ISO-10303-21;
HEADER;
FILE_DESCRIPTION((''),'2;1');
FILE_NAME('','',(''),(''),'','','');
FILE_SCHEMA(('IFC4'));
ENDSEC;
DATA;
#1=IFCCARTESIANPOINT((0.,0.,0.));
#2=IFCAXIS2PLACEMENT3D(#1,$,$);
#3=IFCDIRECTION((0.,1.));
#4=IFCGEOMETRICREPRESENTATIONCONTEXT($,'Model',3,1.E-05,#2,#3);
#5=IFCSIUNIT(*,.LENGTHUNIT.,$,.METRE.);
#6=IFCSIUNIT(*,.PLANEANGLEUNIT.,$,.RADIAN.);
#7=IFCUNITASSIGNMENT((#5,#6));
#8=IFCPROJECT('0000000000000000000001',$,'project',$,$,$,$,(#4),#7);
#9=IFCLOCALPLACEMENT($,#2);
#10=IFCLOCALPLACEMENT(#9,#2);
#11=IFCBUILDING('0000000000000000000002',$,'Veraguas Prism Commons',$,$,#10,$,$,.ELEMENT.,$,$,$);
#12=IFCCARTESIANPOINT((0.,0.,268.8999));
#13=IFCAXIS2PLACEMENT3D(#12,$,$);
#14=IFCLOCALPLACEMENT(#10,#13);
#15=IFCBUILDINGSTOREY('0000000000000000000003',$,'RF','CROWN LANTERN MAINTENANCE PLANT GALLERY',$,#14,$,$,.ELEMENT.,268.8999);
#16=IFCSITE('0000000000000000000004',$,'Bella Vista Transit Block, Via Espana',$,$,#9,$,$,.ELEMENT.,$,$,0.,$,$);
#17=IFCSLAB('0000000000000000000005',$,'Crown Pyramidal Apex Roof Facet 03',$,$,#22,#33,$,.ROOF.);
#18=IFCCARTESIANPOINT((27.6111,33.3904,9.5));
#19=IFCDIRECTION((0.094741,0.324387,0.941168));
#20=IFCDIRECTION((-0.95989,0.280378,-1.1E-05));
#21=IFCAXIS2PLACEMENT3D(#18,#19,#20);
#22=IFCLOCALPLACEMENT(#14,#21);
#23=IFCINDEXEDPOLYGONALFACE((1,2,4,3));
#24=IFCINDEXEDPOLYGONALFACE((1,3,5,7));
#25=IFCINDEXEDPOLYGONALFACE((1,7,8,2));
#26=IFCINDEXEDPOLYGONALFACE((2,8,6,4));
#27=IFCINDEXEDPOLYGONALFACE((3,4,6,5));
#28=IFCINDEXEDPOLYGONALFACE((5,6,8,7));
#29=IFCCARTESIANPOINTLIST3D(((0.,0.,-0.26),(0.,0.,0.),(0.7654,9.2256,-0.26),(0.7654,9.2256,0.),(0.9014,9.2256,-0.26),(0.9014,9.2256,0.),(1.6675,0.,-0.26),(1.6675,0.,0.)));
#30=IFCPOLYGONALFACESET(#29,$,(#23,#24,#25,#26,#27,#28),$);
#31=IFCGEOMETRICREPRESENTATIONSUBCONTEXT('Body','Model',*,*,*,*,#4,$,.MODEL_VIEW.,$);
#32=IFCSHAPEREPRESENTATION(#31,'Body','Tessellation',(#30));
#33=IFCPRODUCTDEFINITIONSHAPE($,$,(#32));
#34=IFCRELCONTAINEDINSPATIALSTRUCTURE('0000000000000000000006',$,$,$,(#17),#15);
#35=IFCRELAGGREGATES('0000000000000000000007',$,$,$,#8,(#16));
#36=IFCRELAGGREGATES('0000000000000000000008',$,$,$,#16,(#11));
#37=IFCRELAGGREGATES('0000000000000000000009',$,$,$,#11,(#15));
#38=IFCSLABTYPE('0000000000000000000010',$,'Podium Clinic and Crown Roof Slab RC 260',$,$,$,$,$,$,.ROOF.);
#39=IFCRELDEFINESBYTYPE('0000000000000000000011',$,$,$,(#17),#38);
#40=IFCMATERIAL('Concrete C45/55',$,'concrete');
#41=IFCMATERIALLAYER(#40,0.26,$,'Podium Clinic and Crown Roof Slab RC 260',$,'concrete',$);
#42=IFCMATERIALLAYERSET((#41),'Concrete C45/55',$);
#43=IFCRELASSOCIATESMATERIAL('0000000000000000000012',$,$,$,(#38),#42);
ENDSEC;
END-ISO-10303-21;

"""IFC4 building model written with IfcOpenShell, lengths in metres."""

from ifc_helpers import new_model, si_unit, direction, frame, origin, place, context, subcontext, project, spatial, polyline, outline, extrude, material, layer, layer_set, type_object, element, save


model = new_model("IFC4")

# Units and contexts
model_context = context("Model", 3, precision=1e-05, world=origin(), true_north=direction((0.0, 1.0)))
body_context = subcontext(model_context, "Body", "Model", "MODEL_VIEW")
ifc_project = project(units=[si_unit("LENGTHUNIT", "METRE"), si_unit("PLANEANGLEUNIT", "RADIAN")], contexts=[model_context])

# Site, building, storey
site_placement = place(None, origin())
site = spatial("IfcSite", under=ifc_project, at=site_placement, Name="Bella Vista Transit Block, Via Espana", CompositionType="ELEMENT", RefElevation=0.0)
building_placement = place(site_placement, origin())
building = spatial("IfcBuilding", under=site, at=building_placement, Name="Veraguas Prism Commons", CompositionType="ELEMENT")
storey_placement = place(building_placement, frame((0.0, 0.0, 268.8999)))
storey = spatial("IfcBuildingStorey", under=building, at=storey_placement, Name="RF", Description="CROWN LANTERN MAINTENANCE PLANT GALLERY", CompositionType="ELEMENT", Elevation=268.8999)

# Slab
ifc_material_1 = material(Name="Concrete C45/55", Category="concrete")
ifc_layer_1 = layer(ifc_material_1, 0.26, Name="Podium Clinic and Crown Roof Slab RC 260", Category="concrete")
ifc_layer_set_1 = layer_set([ifc_layer_1], Name="Concrete C45/55")
slab_type = type_object("IfcSlabType", Name="Podium Clinic and Crown Roof Slab RC 260", PredefinedType="ROOF", material=ifc_layer_set_1)
slab_1_placement = place(storey_placement, frame((27.6111, 33.3904, 9.5), z_axis=(0.094741, 0.324387, 0.941168), x_axis=(-0.95989, 0.280378, -0.000011)))
element("IfcSlab", 1, at=slab_1_placement, inside=storey, type_object=slab_type, Name="Crown Pyramidal Apex Roof Facet 03", PredefinedType="ROOF", context=body_context, shape_type="SweptSolid", body=[
    extrude(outline(polyline([(0.0, 0.0), (1.6675, 0.0), (0.9014, 9.2256), (0.7654, 9.2256), (0.0, 0.0)])), origin(), (0.0, 0.0, -1.0), 0.26),
])

save(model, "model.ifc")
